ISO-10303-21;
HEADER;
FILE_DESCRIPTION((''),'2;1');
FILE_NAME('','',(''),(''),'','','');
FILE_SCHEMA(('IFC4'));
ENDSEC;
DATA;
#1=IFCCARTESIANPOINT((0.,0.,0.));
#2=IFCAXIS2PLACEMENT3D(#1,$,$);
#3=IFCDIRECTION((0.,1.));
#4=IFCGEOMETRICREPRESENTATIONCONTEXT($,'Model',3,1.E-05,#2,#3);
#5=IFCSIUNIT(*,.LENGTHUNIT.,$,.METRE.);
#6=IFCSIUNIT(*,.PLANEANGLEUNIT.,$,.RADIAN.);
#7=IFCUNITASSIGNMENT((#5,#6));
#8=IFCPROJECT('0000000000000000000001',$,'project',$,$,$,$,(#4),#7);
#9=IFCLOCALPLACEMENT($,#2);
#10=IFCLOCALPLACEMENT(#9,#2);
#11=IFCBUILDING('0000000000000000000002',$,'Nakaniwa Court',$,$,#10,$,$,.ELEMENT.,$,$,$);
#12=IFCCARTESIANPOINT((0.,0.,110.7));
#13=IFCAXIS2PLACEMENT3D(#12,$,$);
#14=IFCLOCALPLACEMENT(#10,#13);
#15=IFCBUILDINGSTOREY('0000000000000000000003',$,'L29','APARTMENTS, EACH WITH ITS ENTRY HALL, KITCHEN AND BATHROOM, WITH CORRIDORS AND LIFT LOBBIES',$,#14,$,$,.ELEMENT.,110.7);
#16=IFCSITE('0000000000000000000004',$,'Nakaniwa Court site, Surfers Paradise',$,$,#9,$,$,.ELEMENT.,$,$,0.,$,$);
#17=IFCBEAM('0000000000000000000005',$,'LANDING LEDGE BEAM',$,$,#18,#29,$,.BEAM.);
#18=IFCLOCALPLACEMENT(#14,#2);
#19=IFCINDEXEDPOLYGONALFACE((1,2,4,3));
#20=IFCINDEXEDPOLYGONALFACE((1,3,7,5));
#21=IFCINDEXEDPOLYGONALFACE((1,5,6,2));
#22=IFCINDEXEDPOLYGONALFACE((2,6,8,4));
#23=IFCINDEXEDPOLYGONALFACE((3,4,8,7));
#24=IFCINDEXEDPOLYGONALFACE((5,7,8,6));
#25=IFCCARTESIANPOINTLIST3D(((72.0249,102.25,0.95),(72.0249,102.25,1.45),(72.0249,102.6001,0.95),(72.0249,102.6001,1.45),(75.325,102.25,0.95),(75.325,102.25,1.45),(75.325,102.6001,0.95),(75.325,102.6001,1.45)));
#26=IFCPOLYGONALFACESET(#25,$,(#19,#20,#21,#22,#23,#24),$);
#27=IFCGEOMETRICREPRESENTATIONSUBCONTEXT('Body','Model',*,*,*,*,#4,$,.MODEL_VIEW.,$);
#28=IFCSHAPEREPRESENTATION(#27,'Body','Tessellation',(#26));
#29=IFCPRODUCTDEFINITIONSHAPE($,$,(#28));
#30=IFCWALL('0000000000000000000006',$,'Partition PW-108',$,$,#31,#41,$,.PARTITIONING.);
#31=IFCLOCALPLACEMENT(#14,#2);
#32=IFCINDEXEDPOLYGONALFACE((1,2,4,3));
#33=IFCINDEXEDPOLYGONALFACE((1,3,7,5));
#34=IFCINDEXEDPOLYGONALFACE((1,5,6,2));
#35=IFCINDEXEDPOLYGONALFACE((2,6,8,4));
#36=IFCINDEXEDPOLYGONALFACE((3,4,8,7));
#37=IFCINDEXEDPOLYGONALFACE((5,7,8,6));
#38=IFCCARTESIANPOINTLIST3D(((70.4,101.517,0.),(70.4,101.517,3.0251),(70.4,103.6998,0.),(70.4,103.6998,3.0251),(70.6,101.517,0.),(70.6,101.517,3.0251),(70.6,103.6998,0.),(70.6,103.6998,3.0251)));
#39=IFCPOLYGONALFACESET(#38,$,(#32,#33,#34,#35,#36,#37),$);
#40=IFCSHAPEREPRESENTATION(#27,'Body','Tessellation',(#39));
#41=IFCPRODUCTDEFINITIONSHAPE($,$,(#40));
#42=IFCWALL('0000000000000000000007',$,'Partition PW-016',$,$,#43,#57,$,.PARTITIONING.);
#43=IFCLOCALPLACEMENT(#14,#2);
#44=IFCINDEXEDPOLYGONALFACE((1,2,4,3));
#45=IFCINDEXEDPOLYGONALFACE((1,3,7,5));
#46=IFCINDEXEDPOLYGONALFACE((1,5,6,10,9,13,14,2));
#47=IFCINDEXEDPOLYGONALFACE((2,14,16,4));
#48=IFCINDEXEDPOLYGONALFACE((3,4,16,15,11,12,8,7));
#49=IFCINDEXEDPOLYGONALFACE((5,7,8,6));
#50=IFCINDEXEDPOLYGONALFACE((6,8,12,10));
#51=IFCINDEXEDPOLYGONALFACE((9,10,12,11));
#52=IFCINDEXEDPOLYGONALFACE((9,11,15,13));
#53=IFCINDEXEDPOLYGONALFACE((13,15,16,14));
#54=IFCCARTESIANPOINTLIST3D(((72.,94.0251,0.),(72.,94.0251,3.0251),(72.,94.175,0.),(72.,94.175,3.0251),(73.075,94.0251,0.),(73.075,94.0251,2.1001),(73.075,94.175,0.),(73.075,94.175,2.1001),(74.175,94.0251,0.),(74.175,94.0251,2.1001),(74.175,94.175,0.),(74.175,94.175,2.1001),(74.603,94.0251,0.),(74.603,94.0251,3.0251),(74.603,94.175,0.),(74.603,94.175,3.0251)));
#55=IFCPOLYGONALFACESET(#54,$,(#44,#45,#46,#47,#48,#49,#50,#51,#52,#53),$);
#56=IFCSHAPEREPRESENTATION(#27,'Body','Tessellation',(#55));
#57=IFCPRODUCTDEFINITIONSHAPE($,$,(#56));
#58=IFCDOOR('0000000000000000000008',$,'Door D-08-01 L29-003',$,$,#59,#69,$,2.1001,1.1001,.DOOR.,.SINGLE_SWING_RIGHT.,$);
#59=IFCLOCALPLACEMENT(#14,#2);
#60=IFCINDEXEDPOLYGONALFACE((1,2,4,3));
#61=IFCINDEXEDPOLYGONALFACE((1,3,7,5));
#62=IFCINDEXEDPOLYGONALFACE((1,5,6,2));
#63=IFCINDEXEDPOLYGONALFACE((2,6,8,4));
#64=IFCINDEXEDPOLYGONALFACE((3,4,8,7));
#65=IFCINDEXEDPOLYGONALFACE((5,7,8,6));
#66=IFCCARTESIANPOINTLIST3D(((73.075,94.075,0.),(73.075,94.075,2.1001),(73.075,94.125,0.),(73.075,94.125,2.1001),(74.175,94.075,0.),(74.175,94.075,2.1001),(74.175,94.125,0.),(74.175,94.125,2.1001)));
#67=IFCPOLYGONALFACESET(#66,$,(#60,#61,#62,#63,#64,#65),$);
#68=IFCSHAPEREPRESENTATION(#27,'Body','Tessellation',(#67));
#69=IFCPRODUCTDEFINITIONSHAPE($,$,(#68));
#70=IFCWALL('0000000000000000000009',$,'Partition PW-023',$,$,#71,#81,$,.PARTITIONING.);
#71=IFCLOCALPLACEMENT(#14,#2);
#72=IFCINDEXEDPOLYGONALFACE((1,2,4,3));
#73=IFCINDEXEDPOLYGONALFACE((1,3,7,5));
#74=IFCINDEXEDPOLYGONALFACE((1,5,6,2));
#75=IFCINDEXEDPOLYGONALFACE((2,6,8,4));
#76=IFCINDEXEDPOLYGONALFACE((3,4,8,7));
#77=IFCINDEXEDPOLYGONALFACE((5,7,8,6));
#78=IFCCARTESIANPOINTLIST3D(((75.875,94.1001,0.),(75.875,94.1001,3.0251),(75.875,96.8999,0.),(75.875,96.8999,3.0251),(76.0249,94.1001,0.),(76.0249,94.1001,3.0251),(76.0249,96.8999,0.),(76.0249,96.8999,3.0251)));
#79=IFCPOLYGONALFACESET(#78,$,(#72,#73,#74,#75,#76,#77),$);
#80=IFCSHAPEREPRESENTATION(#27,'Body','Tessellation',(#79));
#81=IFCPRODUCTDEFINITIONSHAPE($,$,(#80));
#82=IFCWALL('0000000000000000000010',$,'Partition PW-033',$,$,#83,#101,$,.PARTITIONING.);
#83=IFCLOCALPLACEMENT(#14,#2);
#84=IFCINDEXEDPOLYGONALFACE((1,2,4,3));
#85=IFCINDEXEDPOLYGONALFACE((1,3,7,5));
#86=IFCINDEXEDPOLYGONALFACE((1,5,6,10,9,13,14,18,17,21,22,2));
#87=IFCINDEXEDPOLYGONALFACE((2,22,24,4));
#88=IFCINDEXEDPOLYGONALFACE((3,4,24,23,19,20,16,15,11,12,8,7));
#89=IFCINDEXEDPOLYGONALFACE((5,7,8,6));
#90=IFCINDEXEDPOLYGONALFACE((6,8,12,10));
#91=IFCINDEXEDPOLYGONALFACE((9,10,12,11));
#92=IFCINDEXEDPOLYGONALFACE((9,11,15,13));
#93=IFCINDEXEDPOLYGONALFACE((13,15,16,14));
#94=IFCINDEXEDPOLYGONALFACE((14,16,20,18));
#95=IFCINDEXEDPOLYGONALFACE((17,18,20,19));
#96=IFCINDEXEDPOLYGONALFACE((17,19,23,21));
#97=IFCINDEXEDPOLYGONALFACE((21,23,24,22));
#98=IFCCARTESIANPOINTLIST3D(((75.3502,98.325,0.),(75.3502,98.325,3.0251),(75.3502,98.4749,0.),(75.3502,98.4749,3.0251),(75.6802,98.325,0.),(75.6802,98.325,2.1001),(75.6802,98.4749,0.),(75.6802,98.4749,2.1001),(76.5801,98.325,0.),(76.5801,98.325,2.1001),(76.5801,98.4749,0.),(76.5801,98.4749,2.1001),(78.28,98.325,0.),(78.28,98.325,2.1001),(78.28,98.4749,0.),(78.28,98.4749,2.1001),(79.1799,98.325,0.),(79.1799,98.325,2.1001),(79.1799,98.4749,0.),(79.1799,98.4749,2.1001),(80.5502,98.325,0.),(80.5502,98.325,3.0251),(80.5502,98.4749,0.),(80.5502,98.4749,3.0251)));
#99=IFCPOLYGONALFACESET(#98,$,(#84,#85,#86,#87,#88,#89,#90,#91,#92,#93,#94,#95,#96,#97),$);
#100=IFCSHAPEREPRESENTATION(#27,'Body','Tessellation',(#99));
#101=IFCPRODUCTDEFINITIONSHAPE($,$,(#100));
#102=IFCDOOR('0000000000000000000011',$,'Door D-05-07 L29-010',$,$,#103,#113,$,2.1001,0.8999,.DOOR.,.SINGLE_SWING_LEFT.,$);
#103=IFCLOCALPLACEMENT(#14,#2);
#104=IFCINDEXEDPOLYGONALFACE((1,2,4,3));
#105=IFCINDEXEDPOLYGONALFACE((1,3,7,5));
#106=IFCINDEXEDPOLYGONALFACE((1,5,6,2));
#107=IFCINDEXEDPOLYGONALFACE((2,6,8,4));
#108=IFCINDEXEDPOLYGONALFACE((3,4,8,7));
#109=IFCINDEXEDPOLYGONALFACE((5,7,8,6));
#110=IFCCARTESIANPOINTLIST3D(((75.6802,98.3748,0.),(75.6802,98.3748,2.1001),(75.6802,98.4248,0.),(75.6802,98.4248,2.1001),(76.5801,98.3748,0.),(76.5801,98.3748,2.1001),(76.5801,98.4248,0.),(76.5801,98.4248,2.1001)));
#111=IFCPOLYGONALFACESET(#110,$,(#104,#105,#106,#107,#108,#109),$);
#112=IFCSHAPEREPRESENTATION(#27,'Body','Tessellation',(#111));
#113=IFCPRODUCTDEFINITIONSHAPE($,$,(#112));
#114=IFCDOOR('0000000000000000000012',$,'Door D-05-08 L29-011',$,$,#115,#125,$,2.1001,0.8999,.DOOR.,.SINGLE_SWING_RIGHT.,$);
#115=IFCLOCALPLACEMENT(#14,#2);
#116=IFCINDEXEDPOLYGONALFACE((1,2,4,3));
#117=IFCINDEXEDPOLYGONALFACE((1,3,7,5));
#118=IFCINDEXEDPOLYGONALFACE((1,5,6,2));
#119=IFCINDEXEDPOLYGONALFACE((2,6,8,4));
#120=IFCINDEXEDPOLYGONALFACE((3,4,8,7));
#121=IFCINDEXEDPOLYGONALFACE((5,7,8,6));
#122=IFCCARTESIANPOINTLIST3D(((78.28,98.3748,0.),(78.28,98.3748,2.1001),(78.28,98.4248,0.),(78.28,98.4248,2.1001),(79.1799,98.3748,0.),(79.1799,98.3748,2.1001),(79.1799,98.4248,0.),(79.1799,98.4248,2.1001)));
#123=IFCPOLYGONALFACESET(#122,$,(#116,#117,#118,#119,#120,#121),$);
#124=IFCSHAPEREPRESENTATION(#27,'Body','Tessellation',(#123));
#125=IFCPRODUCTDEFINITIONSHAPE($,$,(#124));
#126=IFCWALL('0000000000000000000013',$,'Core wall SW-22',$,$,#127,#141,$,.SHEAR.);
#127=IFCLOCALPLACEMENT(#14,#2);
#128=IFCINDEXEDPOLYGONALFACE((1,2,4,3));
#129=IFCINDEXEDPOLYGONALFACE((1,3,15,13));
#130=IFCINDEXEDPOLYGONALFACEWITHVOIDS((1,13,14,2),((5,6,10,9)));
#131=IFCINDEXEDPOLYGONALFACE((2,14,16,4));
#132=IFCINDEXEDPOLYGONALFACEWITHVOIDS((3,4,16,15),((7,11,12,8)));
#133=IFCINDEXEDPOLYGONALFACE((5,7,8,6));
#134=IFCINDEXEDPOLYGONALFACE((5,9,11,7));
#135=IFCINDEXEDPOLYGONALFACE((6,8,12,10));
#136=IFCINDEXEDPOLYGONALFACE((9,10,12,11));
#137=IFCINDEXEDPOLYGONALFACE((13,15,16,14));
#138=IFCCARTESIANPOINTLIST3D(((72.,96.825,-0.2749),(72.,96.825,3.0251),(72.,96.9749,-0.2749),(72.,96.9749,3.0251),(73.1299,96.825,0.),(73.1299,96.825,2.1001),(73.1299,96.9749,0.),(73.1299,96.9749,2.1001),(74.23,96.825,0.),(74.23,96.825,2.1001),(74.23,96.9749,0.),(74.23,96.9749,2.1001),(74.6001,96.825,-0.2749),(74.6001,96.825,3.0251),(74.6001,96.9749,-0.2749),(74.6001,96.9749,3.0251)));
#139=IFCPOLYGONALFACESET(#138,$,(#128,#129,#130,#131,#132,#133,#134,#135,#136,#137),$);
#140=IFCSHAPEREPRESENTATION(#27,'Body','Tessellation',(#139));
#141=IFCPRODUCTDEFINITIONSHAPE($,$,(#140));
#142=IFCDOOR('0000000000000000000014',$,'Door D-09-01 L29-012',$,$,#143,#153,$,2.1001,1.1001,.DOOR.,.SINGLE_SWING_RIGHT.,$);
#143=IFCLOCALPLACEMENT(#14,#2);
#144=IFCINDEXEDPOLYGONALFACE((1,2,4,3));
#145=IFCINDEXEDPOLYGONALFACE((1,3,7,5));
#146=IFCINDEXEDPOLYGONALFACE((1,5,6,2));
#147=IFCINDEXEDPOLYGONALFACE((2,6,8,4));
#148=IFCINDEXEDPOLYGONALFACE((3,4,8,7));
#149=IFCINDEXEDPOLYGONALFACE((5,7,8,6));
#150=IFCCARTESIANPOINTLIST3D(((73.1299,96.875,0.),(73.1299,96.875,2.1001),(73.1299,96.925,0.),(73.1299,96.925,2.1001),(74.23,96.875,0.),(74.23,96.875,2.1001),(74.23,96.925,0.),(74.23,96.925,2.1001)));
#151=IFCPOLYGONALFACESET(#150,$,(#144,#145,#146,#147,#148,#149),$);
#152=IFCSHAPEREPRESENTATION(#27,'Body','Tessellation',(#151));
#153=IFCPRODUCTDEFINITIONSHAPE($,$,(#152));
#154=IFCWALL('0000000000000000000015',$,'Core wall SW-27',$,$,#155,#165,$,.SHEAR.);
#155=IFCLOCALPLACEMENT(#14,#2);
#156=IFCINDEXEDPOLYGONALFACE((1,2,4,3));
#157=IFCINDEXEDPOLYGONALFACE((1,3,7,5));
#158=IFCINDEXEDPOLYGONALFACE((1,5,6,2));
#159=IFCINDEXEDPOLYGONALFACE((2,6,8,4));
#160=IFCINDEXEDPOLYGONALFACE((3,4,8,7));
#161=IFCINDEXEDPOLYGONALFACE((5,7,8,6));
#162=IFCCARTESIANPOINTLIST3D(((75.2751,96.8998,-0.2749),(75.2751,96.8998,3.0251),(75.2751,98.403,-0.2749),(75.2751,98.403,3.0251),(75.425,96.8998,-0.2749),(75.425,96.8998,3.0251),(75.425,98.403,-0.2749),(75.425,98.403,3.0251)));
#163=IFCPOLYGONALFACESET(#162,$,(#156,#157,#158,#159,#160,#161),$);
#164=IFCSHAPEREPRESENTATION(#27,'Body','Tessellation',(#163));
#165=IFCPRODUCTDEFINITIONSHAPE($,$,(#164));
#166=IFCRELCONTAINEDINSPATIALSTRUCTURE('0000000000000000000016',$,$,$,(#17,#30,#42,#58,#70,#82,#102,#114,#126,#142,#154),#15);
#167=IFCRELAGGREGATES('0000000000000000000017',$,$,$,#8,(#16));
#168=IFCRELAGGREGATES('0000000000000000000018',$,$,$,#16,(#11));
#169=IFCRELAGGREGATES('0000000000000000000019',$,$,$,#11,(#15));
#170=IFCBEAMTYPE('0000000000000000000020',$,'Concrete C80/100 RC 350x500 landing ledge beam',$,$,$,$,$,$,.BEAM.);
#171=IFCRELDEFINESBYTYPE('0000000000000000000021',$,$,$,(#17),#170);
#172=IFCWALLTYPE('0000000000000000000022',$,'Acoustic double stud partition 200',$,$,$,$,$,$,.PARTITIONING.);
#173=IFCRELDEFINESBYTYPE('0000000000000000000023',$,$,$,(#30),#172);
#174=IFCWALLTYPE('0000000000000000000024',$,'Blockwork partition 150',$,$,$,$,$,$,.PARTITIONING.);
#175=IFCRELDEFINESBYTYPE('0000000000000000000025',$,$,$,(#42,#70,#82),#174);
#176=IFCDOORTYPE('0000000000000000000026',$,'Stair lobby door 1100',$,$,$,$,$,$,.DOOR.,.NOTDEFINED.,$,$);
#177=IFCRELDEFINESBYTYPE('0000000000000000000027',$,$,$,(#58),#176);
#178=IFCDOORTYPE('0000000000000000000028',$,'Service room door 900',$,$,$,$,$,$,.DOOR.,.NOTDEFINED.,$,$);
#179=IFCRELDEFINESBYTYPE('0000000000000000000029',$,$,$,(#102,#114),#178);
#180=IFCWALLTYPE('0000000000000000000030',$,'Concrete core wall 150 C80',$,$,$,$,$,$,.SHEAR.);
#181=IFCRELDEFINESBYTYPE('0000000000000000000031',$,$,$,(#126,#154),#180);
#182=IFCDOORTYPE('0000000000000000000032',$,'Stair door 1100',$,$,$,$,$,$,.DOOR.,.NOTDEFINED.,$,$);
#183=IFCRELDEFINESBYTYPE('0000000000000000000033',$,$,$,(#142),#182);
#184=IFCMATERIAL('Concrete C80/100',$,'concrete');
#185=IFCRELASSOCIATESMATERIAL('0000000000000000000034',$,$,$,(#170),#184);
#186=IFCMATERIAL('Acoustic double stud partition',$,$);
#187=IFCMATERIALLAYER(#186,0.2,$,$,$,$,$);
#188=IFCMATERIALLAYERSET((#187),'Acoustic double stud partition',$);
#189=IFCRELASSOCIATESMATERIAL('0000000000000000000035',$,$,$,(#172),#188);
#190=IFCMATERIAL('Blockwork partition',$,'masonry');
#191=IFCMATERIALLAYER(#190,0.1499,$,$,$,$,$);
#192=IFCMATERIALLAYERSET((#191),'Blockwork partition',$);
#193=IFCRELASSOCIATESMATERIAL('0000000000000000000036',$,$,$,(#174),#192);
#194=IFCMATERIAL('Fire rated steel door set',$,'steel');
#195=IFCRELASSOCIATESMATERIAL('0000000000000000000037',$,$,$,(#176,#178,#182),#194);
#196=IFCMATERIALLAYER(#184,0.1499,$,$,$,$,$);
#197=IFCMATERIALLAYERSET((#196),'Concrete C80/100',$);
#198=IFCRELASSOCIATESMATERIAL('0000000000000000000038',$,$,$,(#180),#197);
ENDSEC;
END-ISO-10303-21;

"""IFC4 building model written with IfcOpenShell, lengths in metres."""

from ifc_helpers import new_model, si_unit, direction, frame, frame_2d, origin, origin_2d, place, context, subcontext, project, spatial, rectangle, extrude, material, layer, layer_set, material_profile, profile_set, type_object, element, fill, save


model = new_model("IFC4")

# Units and contexts
model_context = context("Model", 3, precision=1e-05, world=origin(), true_north=direction((0.0, 1.0)))
body_context = subcontext(model_context, "Body", "Model", "MODEL_VIEW")
ifc_project = project(units=[si_unit("LENGTHUNIT", "METRE"), si_unit("PLANEANGLEUNIT", "RADIAN")], contexts=[model_context])

# Site, building, storey
site_placement = place(None, origin())
site = spatial("IfcSite", under=ifc_project, at=site_placement, Name="Nakaniwa Court site, Surfers Paradise", CompositionType="ELEMENT", RefElevation=0.0)
building_placement = place(site_placement, origin())
building = spatial("IfcBuilding", under=site, at=building_placement, Name="Nakaniwa Court", CompositionType="ELEMENT")
storey_placement = place(building_placement, frame((0.0, 0.0, 110.7)))
storey = spatial("IfcBuildingStorey", under=building, at=storey_placement, Name="L29", Description="APARTMENTS, EACH WITH ITS ENTRY HALL, KITCHEN AND BATHROOM, WITH CORRIDORS AND LIFT LOBBIES", CompositionType="ELEMENT", Elevation=110.7)

# Beam
ifc_material_1 = material(Name="Concrete C80/100", Category="concrete")
ifc_material_profile = material_profile(ifc_material_1, rectangle(XDim=0.3501, YDim=0.5, at=origin_2d()), Name="Concrete C80/100 RC 350x500 landing ledge beam")
ifc_profile_set = profile_set([ifc_material_profile], Name="Concrete C80/100")
beam_type = type_object("IfcBeamType", Name="Concrete C80/100 RC 350x500 landing ledge beam", PredefinedType="BEAM", material=ifc_profile_set)
beam_placement = place(storey_placement, frame((72.0249, 102.425, 1.2), z_axis=(1.0, 0.0, 0.0), x_axis=(0.0, 1.0, 0.0)))
element("IfcBeam", 1, at=beam_placement, inside=storey, type_object=beam_type, Name="LANDING LEDGE BEAM", PredefinedType="BEAM", context=body_context, shape_type="SweptSolid", body=[
    extrude(rectangle(XDim=0.3501, YDim=0.5, at=origin_2d()), origin(), (0.0, 0.0, 1.0), 3.3),
])

# Wall
ifc_material_2 = material(Name="Acoustic double stud partition")
ifc_layer_1 = layer(ifc_material_2, 0.2)
ifc_layer_set_1 = layer_set([ifc_layer_1], Name="Acoustic double stud partition")
wall_type_1 = type_object("IfcWallType", Name="Acoustic double stud partition 200", PredefinedType="PARTITIONING", material=ifc_layer_set_1)
wall_1_placement = place(storey_placement, frame((70.5, 101.5171, 0.0), z_axis=(0.0, 0.0, 1.0), x_axis=(0.0, 1.0, 0.0)))
element("IfcWall", 2, at=wall_1_placement, inside=storey, type_object=wall_type_1, Name="Partition PW-108", PredefinedType="PARTITIONING", context=body_context, shape_type="SweptSolid", body=[
    extrude(rectangle(XDim=2.1829, YDim=0.2, at=frame_2d((1.0913, 0.0))), origin(), (0.0, 0.0, 1.0), 3.0251),
])

# Wall, opening, door
ifc_material_3 = material(Name="Blockwork partition", Category="masonry")
ifc_layer_2 = layer(ifc_material_3, 0.1499)
ifc_layer_set_2 = layer_set([ifc_layer_2], Name="Blockwork partition")
wall_type_2 = type_object("IfcWallType", Name="Blockwork partition 150", PredefinedType="PARTITIONING", material=ifc_layer_set_2)
wall_2_placement = place(storey_placement, frame((72.0, 94.1001, 0.0), z_axis=(0.0, 0.0, 1.0), x_axis=(1.0, 0.0, 0.0)))
wall_2 = element("IfcWall", 3, at=wall_2_placement, inside=storey, type_object=wall_type_2, Name="Partition PW-016", PredefinedType="PARTITIONING", context=body_context, shape_type="SweptSolid", body=[
    extrude(rectangle(XDim=2.603, YDim=0.1499, at=frame_2d((1.3015, 0.0))), origin(), (0.0, 0.0, 1.0), 3.0251),
])
opening_1_placement = place(wall_2_placement, frame((1.075, 0.0, 0.0)))
opening_1 = element("IfcOpeningElement", 4, at=opening_1_placement, cuts=wall_2, PredefinedType="OPENING", context=body_context, shape_type="SweptSolid", body=[
    extrude(rectangle(XDim=1.1001, YDim=2.1001, at=frame_2d((0.55, 1.05))), frame((0.0, 0.085, 0.0), z_axis=(0.0, -1.0, 0.0), x_axis=(1.0, 0.0, 0.0)), (0.0, 0.0, 1.0), 0.1699),
])
ifc_material_4 = material(Name="Fire rated steel door set", Category="steel")
door_type_1 = type_object("IfcDoorType", Name="Stair lobby door 1100", OperationType="NOTDEFINED", PredefinedType="DOOR", material=ifc_material_4)
door_1_placement = place(opening_1_placement, origin())
door_1 = element("IfcDoor", 5, at=door_1_placement, inside=storey, type_object=door_type_1, Name="Door D-08-01 L29-003", OperationType="SINGLE_SWING_RIGHT", OverallHeight=2.1001, OverallWidth=1.1001, PredefinedType="DOOR", context=body_context, shape_type="SweptSolid", body=[
    extrude(rectangle(XDim=1.1001, YDim=2.1001, at=frame_2d((0.55, 1.05))), frame((0.0, 0.0249, 0.0), z_axis=(0.0, -1.0, 0.0), x_axis=(1.0, 0.0, 0.0)), (0.0, 0.0, 1.0), 0.05),
])
fill(opening_1, door_1)

# Wall
wall_3_placement = place(storey_placement, frame((75.95, 94.1001, 0.0), z_axis=(0.0, 0.0, 1.0), x_axis=(0.0, 1.0, 0.0)))
element("IfcWall", 6, at=wall_3_placement, inside=storey, type_object=wall_type_2, Name="Partition PW-023", PredefinedType="PARTITIONING", context=body_context, shape_type="SweptSolid", body=[
    extrude(rectangle(XDim=2.7998, YDim=0.1499, at=frame_2d((1.3999, 0.0))), origin(), (0.0, 0.0, 1.0), 3.0251),
])

# Wall, openings, doors
wall_4_placement = place(storey_placement, frame((75.3501, 98.3999, 0.0), z_axis=(0.0, 0.0, 1.0), x_axis=(1.0, 0.0, 0.0)))
wall_4 = element("IfcWall", 7, at=wall_4_placement, inside=storey, type_object=wall_type_2, Name="Partition PW-033", PredefinedType="PARTITIONING", context=body_context, shape_type="SweptSolid", body=[
    extrude(rectangle(XDim=5.2, YDim=0.1499, at=frame_2d((2.6001, 0.0))), origin(), (0.0, 0.0, 1.0), 3.0251),
])
opening_2_placement = place(wall_4_placement, frame((0.3301, 0.0, 0.0)))
opening_2 = element("IfcOpeningElement", 8, at=opening_2_placement, cuts=wall_4, PredefinedType="OPENING", context=body_context, shape_type="SweptSolid", body=[
    extrude(rectangle(XDim=0.8999, YDim=2.1001, at=frame_2d((0.45, 1.05))), frame((0.0, 0.085, 0.0), z_axis=(0.0, -1.0, 0.0), x_axis=(1.0, 0.0, 0.0)), (0.0, 0.0, 1.0), 0.1699),
])
opening_3_placement = place(wall_4_placement, frame((2.9299, 0.0, 0.0)))
opening_3 = element("IfcOpeningElement", 9, at=opening_3_placement, cuts=wall_4, PredefinedType="OPENING", context=body_context, shape_type="SweptSolid", body=[
    extrude(rectangle(XDim=0.8999, YDim=2.1001, at=frame_2d((0.45, 1.05))), frame((0.0, 0.085, 0.0), z_axis=(0.0, -1.0, 0.0), x_axis=(1.0, 0.0, 0.0)), (0.0, 0.0, 1.0), 0.1699),
])
door_type_2 = type_object("IfcDoorType", Name="Service room door 900", OperationType="NOTDEFINED", PredefinedType="DOOR", material=ifc_material_4)
door_2_placement = place(opening_2_placement, origin())
door_2 = element("IfcDoor", 10, at=door_2_placement, inside=storey, type_object=door_type_2, Name="Door D-05-07 L29-010", OperationType="SINGLE_SWING_LEFT", OverallHeight=2.1001, OverallWidth=0.8999, PredefinedType="DOOR", context=body_context, shape_type="SweptSolid", body=[
    extrude(rectangle(XDim=0.8999, YDim=2.1001, at=frame_2d((0.45, 1.05))), frame((0.0, 0.0249, 0.0), z_axis=(0.0, -1.0, 0.0), x_axis=(1.0, 0.0, 0.0)), (0.0, 0.0, 1.0), 0.05),
])
fill(opening_2, door_2)
door_3_placement = place(opening_3_placement, origin())
door_3 = element("IfcDoor", 11, at=door_3_placement, inside=storey, type_object=door_type_2, Name="Door D-05-08 L29-011", OperationType="SINGLE_SWING_RIGHT", OverallHeight=2.1001, OverallWidth=0.8999, PredefinedType="DOOR", context=body_context, shape_type="SweptSolid", body=[
    extrude(rectangle(XDim=0.8999, YDim=2.1001, at=frame_2d((0.45, 1.05))), frame((0.0, 0.0249, 0.0), z_axis=(0.0, -1.0, 0.0), x_axis=(1.0, 0.0, 0.0)), (0.0, 0.0, 1.0), 0.05),
])
fill(opening_3, door_3)

# Wall, opening, door
ifc_layer_3 = layer(ifc_material_1, 0.1499)
ifc_layer_set_3 = layer_set([ifc_layer_3], Name="Concrete C80/100")
wall_type_3 = type_object("IfcWallType", Name="Concrete core wall 150 C80", PredefinedType="SHEAR", material=ifc_layer_set_3)
wall_5_placement = place(storey_placement, frame((74.6001, 96.8999, -0.2749), z_axis=(0.0, 0.0, 1.0), x_axis=(-1.0, 0.0, 0.0)))
wall_5 = element("IfcWall", 12, at=wall_5_placement, inside=storey, type_object=wall_type_3, Name="Core wall SW-22", PredefinedType="SHEAR", context=body_context, shape_type="SweptSolid", body=[
    extrude(rectangle(XDim=2.6001, YDim=0.1499, at=frame_2d((1.3, 0.0))), origin(), (0.0, 0.0, 1.0), 3.3),
])
opening_4_placement = place(wall_5_placement, frame((0.3701, 0.0, 0.2749)))
opening_4 = element("IfcOpeningElement", 13, at=opening_4_placement, cuts=wall_5, PredefinedType="OPENING", context=body_context, shape_type="SweptSolid", body=[
    extrude(rectangle(XDim=1.1001, YDim=2.1001, at=frame_2d((0.55, 1.05))), frame((0.0, 0.085, 0.0), z_axis=(0.0, -1.0, 0.0), x_axis=(1.0, 0.0, 0.0)), (0.0, 0.0, 1.0), 0.1699),
])
door_type_3 = type_object("IfcDoorType", Name="Stair door 1100", OperationType="NOTDEFINED", PredefinedType="DOOR", material=ifc_material_4)
door_4_placement = place(opening_4_placement, origin())
door_4 = element("IfcDoor", 14, at=door_4_placement, inside=storey, type_object=door_type_3, Name="Door D-09-01 L29-012", OperationType="SINGLE_SWING_RIGHT", OverallHeight=2.1001, OverallWidth=1.1001, PredefinedType="DOOR", context=body_context, shape_type="SweptSolid", body=[
    extrude(rectangle(XDim=1.1001, YDim=2.1001, at=frame_2d((0.55, 1.05))), frame((0.0, 0.0249, 0.0), z_axis=(0.0, -1.0, 0.0), x_axis=(1.0, 0.0, 0.0)), (0.0, 0.0, 1.0), 0.05),
])
fill(opening_4, door_4)

# Wall
wall_6_placement = place(storey_placement, frame((75.3501, 96.8999, -0.2749), z_axis=(0.0, 0.0, 1.0), x_axis=(0.0, 1.0, 0.0)))
element("IfcWall", 15, at=wall_6_placement, inside=storey, type_object=wall_type_3, Name="Core wall SW-27", PredefinedType="SHEAR", context=body_context, shape_type="SweptSolid", body=[
    extrude(rectangle(XDim=1.5032, YDim=0.1499, at=frame_2d((0.7515, 0.0))), origin(), (0.0, 0.0, 1.0), 3.3),
])

save(model, "model.ifc")
